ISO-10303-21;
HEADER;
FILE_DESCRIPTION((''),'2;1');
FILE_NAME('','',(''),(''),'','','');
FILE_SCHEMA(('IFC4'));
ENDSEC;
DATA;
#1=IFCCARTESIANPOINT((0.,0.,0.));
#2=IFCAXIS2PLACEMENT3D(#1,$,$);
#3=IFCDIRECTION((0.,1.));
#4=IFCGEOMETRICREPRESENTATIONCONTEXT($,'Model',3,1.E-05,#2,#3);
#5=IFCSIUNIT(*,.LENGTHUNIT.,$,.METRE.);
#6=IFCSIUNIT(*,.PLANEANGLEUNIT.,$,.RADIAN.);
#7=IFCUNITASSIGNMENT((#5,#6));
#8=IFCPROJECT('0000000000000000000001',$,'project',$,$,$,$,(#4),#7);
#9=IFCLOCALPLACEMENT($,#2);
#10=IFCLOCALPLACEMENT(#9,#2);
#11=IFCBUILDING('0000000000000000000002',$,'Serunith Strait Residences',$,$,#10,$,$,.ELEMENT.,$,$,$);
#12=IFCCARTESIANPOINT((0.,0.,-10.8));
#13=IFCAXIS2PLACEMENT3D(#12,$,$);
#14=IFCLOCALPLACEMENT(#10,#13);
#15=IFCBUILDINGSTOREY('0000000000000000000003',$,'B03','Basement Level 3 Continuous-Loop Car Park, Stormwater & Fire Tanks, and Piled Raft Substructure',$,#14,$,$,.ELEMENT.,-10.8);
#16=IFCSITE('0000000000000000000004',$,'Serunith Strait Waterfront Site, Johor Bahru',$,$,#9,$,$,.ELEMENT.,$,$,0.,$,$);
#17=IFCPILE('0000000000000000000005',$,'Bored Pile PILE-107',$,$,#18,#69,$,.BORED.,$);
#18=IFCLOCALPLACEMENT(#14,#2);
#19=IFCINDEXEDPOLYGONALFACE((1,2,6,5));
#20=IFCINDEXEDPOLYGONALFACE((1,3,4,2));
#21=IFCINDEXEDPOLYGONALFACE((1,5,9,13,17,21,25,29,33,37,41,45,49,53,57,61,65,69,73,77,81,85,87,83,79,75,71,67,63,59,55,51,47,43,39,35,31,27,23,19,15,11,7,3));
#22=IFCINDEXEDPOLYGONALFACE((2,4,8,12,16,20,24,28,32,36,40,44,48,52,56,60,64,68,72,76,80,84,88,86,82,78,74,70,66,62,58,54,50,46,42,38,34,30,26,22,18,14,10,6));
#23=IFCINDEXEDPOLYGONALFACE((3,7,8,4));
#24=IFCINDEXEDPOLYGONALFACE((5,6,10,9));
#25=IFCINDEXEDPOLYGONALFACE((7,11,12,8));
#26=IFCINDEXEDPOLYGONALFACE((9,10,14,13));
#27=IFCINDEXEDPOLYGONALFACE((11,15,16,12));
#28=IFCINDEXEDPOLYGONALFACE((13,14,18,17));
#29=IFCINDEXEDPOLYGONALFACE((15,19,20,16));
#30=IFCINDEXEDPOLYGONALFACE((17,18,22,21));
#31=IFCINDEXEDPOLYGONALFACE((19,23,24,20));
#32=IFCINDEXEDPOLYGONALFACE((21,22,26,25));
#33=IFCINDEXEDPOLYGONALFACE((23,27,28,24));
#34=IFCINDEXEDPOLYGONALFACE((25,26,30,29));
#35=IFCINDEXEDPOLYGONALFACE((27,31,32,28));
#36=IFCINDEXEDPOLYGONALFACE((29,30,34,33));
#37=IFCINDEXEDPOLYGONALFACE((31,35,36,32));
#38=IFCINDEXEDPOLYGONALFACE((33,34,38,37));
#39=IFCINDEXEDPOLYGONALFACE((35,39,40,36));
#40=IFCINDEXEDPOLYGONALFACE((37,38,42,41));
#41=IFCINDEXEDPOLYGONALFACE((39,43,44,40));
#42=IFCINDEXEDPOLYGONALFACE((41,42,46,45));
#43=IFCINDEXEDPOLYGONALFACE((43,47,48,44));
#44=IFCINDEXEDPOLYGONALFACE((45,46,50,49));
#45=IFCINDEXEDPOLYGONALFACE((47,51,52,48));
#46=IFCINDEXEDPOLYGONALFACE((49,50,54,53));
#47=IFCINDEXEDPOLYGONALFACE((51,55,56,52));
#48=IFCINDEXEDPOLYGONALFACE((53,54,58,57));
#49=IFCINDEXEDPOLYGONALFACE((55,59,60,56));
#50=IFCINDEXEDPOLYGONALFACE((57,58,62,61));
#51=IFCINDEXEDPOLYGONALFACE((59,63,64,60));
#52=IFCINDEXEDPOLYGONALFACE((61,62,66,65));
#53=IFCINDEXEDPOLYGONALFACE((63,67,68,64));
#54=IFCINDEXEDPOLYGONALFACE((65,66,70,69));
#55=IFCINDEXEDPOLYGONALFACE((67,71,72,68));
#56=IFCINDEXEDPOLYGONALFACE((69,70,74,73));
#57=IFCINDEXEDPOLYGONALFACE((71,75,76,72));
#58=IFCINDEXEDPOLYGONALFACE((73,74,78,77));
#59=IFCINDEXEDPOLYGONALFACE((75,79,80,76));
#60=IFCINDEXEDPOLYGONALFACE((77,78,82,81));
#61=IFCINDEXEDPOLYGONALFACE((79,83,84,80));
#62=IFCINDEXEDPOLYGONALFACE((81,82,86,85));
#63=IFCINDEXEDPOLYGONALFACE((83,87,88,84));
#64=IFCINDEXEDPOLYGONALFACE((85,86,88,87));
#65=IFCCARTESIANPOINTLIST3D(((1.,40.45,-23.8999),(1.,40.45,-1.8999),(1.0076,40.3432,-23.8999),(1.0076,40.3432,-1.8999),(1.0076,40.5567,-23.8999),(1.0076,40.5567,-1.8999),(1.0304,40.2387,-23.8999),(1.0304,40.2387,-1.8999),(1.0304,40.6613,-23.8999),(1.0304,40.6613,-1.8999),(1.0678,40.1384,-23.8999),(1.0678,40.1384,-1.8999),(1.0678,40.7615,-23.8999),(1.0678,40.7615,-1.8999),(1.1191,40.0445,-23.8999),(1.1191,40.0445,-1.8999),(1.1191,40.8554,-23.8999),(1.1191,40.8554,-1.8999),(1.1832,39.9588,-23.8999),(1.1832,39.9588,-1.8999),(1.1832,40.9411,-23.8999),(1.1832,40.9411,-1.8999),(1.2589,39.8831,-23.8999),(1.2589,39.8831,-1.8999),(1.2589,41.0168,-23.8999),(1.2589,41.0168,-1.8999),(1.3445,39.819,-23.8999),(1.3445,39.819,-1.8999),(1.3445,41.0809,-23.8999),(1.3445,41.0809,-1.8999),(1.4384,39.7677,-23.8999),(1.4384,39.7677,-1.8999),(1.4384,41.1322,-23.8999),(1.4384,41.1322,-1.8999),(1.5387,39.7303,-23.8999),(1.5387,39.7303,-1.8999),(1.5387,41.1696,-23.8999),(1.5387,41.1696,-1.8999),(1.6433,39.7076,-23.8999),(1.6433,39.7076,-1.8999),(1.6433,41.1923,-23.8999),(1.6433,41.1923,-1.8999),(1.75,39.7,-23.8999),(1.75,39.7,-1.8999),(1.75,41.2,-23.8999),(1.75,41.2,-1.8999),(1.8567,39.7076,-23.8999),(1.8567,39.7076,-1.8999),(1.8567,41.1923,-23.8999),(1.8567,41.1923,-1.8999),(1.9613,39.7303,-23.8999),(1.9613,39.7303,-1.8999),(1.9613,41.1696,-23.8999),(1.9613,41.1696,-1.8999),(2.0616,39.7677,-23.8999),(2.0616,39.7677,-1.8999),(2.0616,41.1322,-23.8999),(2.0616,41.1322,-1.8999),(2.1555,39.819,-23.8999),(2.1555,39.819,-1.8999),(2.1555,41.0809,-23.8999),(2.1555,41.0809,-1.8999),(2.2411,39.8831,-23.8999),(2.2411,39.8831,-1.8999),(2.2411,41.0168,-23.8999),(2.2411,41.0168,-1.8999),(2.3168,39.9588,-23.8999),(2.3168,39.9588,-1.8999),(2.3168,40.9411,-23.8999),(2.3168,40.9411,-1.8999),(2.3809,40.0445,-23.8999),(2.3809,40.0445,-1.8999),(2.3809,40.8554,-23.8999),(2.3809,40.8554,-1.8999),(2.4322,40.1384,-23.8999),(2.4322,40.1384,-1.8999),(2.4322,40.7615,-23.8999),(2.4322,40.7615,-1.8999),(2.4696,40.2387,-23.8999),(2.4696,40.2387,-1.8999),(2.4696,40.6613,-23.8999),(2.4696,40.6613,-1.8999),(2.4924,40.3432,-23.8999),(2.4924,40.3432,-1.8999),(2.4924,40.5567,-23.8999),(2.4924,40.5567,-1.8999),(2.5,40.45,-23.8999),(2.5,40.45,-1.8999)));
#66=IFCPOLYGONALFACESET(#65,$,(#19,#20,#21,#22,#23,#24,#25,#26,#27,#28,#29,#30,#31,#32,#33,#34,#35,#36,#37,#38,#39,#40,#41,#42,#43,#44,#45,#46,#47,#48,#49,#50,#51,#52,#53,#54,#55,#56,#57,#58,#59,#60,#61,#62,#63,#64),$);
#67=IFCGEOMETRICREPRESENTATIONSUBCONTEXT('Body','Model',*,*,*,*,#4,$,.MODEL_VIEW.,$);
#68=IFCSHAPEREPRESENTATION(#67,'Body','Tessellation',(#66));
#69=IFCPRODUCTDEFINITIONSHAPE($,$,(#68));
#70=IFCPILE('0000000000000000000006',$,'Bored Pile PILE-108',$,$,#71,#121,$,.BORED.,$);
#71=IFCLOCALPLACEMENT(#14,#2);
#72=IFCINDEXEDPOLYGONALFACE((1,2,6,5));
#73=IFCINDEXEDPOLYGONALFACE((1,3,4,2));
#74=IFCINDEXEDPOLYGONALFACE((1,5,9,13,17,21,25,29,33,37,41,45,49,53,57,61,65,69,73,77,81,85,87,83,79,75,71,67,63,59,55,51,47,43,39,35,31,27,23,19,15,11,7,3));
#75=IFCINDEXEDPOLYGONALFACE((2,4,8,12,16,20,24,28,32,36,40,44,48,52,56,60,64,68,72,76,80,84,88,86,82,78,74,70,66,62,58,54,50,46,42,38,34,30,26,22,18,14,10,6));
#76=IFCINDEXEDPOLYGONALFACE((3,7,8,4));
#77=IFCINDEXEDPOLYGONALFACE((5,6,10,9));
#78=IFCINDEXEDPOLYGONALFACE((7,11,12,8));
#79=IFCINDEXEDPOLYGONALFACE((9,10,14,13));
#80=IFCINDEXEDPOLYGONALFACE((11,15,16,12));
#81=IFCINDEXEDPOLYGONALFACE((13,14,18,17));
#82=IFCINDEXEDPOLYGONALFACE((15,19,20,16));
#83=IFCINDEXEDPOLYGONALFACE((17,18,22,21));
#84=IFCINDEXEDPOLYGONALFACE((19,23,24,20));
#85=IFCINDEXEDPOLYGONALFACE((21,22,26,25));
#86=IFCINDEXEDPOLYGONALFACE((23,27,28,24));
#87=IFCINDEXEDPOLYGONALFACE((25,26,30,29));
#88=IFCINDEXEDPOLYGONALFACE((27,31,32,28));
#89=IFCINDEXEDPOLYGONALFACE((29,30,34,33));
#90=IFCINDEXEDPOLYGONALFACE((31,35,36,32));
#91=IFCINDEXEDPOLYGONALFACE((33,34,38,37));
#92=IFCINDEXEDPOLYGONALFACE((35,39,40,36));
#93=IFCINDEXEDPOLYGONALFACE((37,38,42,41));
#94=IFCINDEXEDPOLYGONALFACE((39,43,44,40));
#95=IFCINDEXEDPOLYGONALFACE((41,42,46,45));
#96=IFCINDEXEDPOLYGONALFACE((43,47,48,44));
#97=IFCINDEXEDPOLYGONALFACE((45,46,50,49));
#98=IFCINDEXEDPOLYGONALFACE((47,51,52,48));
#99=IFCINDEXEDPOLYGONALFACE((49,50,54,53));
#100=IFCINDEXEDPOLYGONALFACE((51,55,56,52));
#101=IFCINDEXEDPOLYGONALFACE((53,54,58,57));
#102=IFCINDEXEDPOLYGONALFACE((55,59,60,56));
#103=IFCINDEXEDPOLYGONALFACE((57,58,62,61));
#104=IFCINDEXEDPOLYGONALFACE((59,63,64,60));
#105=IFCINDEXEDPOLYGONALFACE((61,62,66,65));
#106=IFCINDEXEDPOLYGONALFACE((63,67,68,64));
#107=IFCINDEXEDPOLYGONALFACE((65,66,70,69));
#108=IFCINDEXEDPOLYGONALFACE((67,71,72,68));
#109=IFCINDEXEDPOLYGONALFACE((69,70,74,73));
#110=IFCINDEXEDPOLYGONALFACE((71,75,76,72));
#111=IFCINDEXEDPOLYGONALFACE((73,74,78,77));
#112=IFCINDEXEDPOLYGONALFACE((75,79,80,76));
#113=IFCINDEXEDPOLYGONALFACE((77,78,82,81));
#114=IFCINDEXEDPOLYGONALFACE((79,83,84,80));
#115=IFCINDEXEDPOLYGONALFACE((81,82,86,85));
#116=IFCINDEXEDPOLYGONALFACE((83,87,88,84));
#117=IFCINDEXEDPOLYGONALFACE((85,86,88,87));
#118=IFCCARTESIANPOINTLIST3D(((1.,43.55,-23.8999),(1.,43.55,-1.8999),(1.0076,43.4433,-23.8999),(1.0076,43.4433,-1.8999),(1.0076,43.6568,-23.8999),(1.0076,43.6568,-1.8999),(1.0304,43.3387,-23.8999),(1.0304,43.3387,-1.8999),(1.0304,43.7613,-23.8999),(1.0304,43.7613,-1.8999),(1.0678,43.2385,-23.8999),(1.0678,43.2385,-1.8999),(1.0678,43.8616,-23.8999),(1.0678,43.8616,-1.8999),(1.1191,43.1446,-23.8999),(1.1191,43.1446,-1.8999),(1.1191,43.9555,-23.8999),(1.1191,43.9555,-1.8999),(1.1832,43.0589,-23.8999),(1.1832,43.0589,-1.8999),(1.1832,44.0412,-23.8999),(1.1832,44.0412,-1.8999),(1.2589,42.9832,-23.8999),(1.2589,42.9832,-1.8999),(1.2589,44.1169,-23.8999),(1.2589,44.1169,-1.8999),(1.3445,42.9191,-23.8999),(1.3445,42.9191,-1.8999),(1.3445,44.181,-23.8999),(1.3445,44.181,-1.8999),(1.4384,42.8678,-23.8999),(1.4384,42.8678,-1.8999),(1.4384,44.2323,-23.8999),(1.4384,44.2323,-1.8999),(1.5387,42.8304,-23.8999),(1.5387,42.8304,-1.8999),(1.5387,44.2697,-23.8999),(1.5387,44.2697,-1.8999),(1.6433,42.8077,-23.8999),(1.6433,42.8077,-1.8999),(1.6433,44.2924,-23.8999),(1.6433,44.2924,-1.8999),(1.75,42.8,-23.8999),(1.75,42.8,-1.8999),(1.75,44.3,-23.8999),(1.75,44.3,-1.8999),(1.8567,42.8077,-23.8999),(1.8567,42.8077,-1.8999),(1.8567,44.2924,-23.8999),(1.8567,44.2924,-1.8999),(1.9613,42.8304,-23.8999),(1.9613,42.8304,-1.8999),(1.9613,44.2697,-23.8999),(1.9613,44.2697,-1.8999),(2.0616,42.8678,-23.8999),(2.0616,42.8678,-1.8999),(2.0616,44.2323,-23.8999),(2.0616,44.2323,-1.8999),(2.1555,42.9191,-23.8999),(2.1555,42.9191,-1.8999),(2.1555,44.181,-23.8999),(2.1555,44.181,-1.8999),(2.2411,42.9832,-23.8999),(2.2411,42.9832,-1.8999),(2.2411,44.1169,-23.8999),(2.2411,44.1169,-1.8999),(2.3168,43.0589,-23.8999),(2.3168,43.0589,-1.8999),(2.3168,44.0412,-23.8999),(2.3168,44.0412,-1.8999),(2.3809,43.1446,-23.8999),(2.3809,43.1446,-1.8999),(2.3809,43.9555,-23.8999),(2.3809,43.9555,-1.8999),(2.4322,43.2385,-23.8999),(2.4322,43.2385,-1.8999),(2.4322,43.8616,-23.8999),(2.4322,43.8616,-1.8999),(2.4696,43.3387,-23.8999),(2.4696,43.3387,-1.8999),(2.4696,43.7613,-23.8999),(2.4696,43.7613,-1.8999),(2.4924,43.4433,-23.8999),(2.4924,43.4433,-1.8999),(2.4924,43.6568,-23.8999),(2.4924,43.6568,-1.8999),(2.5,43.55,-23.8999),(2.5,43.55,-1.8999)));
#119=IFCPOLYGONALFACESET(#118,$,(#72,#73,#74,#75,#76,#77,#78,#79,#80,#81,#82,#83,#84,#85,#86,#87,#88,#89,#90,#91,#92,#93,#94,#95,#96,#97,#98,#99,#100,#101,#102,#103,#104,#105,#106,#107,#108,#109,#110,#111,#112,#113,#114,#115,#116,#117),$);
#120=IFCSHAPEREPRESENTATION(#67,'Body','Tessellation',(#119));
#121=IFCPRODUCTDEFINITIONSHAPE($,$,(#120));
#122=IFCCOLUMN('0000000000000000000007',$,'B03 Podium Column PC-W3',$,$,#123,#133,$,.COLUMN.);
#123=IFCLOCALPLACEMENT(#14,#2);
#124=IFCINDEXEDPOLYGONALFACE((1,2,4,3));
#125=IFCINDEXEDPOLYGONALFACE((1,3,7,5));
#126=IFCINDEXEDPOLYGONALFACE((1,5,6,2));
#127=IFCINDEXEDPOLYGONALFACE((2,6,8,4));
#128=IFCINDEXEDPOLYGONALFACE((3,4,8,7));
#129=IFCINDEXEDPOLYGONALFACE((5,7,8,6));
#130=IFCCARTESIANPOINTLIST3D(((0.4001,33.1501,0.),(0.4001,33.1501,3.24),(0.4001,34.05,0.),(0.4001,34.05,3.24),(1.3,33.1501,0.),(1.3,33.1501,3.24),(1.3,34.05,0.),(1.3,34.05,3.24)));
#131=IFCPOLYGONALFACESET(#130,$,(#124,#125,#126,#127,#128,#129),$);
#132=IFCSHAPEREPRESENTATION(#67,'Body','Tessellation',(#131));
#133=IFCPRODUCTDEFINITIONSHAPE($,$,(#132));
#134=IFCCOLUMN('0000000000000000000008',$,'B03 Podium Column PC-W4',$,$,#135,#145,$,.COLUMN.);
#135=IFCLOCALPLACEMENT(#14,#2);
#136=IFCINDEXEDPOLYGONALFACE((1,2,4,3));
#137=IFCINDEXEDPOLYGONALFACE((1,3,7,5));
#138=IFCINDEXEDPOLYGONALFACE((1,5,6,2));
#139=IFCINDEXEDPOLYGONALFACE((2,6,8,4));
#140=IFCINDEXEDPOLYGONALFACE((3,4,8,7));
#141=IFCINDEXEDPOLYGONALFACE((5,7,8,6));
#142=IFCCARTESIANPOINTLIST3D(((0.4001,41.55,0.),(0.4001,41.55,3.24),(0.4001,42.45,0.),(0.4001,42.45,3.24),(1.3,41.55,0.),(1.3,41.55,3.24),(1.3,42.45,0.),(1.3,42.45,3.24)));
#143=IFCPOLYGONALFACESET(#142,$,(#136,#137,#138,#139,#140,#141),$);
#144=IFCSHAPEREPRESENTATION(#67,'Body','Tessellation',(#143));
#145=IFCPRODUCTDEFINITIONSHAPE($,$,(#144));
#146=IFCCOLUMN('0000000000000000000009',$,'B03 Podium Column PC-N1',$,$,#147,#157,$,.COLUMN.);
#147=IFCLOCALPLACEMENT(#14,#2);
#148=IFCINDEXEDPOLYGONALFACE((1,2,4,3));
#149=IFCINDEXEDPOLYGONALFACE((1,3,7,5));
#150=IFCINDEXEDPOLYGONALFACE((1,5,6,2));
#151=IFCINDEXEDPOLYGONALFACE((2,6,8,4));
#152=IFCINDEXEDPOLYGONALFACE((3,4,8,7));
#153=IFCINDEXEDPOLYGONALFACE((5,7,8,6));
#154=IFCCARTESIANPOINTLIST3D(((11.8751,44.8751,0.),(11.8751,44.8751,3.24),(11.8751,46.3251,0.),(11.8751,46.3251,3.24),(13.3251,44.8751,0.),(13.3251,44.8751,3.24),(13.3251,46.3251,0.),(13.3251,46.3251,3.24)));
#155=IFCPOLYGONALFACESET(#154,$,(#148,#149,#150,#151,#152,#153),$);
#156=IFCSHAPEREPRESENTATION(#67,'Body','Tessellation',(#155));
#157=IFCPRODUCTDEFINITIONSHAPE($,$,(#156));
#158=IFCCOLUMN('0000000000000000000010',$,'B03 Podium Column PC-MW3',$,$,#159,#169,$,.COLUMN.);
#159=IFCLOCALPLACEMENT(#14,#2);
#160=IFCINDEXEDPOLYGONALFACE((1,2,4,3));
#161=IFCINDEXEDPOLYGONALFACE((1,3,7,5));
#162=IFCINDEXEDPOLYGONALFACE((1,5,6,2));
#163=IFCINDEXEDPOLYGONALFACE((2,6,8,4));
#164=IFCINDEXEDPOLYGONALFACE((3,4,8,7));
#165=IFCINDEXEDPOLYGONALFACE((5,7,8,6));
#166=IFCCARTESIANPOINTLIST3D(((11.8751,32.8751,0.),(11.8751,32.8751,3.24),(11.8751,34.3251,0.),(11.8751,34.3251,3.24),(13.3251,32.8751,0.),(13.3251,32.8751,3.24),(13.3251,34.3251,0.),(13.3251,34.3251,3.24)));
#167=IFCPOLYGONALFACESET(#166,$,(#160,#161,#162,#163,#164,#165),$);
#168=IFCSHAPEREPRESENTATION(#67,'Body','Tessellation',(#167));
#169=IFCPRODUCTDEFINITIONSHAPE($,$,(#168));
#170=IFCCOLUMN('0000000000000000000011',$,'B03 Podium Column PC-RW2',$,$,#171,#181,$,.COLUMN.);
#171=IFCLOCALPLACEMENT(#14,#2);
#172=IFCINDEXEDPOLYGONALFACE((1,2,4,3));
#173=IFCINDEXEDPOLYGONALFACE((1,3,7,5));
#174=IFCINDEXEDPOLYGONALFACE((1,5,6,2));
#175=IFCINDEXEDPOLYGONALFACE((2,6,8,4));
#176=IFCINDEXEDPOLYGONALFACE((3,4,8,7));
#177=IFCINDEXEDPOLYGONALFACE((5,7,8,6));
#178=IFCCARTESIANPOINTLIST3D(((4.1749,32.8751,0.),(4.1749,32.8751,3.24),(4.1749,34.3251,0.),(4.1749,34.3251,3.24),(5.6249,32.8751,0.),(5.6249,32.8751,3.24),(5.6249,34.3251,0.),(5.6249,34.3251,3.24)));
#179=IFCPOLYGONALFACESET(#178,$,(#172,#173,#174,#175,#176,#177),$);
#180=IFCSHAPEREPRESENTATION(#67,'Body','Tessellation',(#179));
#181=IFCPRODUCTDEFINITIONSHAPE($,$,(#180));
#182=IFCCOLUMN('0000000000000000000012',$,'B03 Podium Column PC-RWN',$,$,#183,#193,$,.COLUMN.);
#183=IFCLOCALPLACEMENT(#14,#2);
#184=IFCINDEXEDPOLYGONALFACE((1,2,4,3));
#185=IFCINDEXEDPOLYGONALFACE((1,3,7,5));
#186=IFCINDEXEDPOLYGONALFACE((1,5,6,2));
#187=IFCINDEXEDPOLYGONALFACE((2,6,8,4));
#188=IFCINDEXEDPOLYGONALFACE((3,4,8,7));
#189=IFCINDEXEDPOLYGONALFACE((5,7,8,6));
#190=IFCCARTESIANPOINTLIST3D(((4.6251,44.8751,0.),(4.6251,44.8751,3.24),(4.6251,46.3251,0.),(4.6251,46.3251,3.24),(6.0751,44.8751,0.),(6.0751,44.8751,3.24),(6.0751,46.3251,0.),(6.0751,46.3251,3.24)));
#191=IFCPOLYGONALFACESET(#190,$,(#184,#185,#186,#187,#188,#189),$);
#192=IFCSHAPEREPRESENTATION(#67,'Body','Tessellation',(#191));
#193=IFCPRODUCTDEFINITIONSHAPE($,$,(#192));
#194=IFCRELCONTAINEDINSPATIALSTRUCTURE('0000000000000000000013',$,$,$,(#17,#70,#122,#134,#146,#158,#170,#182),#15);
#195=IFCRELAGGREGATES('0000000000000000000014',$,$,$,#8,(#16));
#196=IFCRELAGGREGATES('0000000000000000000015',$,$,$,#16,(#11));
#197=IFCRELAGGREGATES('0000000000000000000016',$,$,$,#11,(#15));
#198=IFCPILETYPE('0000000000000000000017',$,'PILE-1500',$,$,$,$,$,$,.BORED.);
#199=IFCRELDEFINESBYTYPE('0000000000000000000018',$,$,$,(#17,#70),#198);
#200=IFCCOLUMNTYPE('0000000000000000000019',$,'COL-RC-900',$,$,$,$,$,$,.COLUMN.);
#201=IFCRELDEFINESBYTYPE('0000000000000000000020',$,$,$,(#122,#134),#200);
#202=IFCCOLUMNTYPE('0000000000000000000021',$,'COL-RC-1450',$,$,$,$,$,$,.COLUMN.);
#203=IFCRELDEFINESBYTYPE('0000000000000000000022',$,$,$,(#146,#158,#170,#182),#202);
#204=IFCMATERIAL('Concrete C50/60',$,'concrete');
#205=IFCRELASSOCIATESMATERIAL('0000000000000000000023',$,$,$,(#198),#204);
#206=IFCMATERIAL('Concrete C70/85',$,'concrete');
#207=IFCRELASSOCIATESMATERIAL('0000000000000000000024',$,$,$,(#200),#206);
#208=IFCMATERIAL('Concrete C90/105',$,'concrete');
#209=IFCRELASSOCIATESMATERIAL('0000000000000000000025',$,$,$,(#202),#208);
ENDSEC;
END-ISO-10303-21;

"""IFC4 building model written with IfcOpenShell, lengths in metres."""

from ifc_helpers import new_model, si_unit, direction, frame, origin, origin_2d, place, context, subcontext, project, spatial, rectangle, circle, extrude, source, transform, mapped, material, material_profile, profile_set, type_object, element, save


model = new_model("IFC4")

# Units and contexts
model_context = context("Model", 3, precision=1e-05, world=origin(), true_north=direction((0.0, 1.0)))
body_context = subcontext(model_context, "Body", "Model", "MODEL_VIEW")
ifc_project = project(units=[si_unit("LENGTHUNIT", "METRE"), si_unit("PLANEANGLEUNIT", "RADIAN")], contexts=[model_context])

# Site, building, storey
site_placement = place(None, origin())
site = spatial("IfcSite", under=ifc_project, at=site_placement, Name="Serunith Strait Waterfront Site, Johor Bahru", CompositionType="ELEMENT", RefElevation=0.0)
building_placement = place(site_placement, origin())
building = spatial("IfcBuilding", under=site, at=building_placement, Name="Serunith Strait Residences", CompositionType="ELEMENT")
storey_placement = place(building_placement, frame((0.0, 0.0, -10.8)))
storey = spatial("IfcBuildingStorey", under=building, at=storey_placement, Name="B03", Description="Basement Level 3 Continuous-Loop Car Park, Stormwater & Fire Tanks, and Piled Raft Substructure", CompositionType="ELEMENT", Elevation=-10.8)

# Shared definitions
ifc_material_1 = material(Name="Concrete C50/60", Category="concrete")

# Piles
ifc_material_profile_1 = material_profile(ifc_material_1, circle(Radius=0.75, at=origin_2d()), Name="PILE D1500")
ifc_profile_set_1 = profile_set([ifc_material_profile_1], Name="Concrete C50/60")
pile_type_1 = type_object("IfcPileType", Name="PILE-1500", PredefinedType="BORED", material=ifc_profile_set_1)
shared_shape_1 = source(origin(), body_context, "Body", "SweptSolid", [
    extrude(circle(Radius=0.75, at=origin_2d()), origin(), (0.0, 0.0, 1.0), 22.0),
])
for number, where, z_axis, x_axis, name in (
    (1, (1.75, 40.45, -1.8999), (0.0, 0.0, -1.0), (1.0, 0.0, 0.0), "Bored Pile PILE-107"),
    (2, (1.75, 43.55, -1.8999), (0.0, 0.0, -1.0), (1.0, 0.0, 0.0), "Bored Pile PILE-108"),
):
    element("IfcPile", number, at=place(storey_placement, frame(where, z_axis=z_axis, x_axis=x_axis)), inside=storey, type_object=pile_type_1, Name=name, PredefinedType="BORED", context=body_context, shape_type="MappedRepresentation", body=[
        mapped(shared_shape_1, transform((0.0, 0.0, 0.0), scale=1.0)),
    ])

# Columns
ifc_material_2 = material(Name="Concrete C70/85", Category="concrete")
ifc_material_profile_2 = material_profile(ifc_material_2, rectangle(XDim=0.8999, YDim=0.8999, at=origin_2d()), Name="RC 900x900")
ifc_profile_set_2 = profile_set([ifc_material_profile_2], Name="Concrete C70/85")
column_type_1 = type_object("IfcColumnType", Name="COL-RC-900", PredefinedType="COLUMN", material=ifc_profile_set_2)
shared_shape_2 = source(origin(), body_context, "Body", "SweptSolid", [
    extrude(rectangle(XDim=0.8999, YDim=0.8999, at=origin_2d()), origin(), (0.0, 0.0, 1.0), 3.24),
])
for number, where, z_axis, x_axis, name in (
    (3, (0.8501, 33.6001, 0.0), (0.0, 0.0, 1.0), (1.0, 0.0, 0.0), "B03 Podium Column PC-W3"),
    (4, (0.8501, 42.0, 0.0), (0.0, 0.0, 1.0), (1.0, 0.0, 0.0), "B03 Podium Column PC-W4"),
):
    element("IfcColumn", number, at=place(storey_placement, frame(where, z_axis=z_axis, x_axis=x_axis)), inside=storey, type_object=column_type_1, Name=name, PredefinedType="COLUMN", context=body_context, shape_type="MappedRepresentation", body=[
        mapped(shared_shape_2, transform((0.0, 0.0, 0.0), scale=1.0)),
    ])
ifc_material_3 = material(Name="Concrete C90/105", Category="concrete")
ifc_material_profile_3 = material_profile(ifc_material_3, rectangle(XDim=1.45, YDim=1.45, at=origin_2d()), Name="RC 1450x1450")
ifc_profile_set_3 = profile_set([ifc_material_profile_3], Name="Concrete C90/105")
column_type_2 = type_object("IfcColumnType", Name="COL-RC-1450", PredefinedType="COLUMN", material=ifc_profile_set_3)
shared_shape_3 = source(origin(), body_context, "Body", "SweptSolid", [
    extrude(rectangle(XDim=1.45, YDim=1.45, at=origin_2d()), origin(), (0.0, 0.0, 1.0), 3.24),
])
for number, where, z_axis, x_axis, name in (
    (5, (12.6001, 45.6001, 0.0), (0.0, 0.0, 1.0), (1.0, 0.0, 0.0), "B03 Podium Column PC-N1"),
    (6, (12.6001, 33.6001, 0.0), (0.0, 0.0, 1.0), (1.0, 0.0, 0.0), "B03 Podium Column PC-MW3"),
    (7, (4.8999, 33.6001, 0.0), (0.0, 0.0, 1.0), (1.0, 0.0, 0.0), "B03 Podium Column PC-RW2"),
    (8, (5.3501, 45.6001, 0.0), (0.0, 0.0, 1.0), (1.0, 0.0, 0.0), "B03 Podium Column PC-RWN"),
):
    element("IfcColumn", number, at=place(storey_placement, frame(where, z_axis=z_axis, x_axis=x_axis)), inside=storey, type_object=column_type_2, Name=name, PredefinedType="COLUMN", context=body_context, shape_type="MappedRepresentation", body=[
        mapped(shared_shape_3, transform((0.0, 0.0, 0.0), scale=1.0)),
    ])

save(model, "model.ifc")
